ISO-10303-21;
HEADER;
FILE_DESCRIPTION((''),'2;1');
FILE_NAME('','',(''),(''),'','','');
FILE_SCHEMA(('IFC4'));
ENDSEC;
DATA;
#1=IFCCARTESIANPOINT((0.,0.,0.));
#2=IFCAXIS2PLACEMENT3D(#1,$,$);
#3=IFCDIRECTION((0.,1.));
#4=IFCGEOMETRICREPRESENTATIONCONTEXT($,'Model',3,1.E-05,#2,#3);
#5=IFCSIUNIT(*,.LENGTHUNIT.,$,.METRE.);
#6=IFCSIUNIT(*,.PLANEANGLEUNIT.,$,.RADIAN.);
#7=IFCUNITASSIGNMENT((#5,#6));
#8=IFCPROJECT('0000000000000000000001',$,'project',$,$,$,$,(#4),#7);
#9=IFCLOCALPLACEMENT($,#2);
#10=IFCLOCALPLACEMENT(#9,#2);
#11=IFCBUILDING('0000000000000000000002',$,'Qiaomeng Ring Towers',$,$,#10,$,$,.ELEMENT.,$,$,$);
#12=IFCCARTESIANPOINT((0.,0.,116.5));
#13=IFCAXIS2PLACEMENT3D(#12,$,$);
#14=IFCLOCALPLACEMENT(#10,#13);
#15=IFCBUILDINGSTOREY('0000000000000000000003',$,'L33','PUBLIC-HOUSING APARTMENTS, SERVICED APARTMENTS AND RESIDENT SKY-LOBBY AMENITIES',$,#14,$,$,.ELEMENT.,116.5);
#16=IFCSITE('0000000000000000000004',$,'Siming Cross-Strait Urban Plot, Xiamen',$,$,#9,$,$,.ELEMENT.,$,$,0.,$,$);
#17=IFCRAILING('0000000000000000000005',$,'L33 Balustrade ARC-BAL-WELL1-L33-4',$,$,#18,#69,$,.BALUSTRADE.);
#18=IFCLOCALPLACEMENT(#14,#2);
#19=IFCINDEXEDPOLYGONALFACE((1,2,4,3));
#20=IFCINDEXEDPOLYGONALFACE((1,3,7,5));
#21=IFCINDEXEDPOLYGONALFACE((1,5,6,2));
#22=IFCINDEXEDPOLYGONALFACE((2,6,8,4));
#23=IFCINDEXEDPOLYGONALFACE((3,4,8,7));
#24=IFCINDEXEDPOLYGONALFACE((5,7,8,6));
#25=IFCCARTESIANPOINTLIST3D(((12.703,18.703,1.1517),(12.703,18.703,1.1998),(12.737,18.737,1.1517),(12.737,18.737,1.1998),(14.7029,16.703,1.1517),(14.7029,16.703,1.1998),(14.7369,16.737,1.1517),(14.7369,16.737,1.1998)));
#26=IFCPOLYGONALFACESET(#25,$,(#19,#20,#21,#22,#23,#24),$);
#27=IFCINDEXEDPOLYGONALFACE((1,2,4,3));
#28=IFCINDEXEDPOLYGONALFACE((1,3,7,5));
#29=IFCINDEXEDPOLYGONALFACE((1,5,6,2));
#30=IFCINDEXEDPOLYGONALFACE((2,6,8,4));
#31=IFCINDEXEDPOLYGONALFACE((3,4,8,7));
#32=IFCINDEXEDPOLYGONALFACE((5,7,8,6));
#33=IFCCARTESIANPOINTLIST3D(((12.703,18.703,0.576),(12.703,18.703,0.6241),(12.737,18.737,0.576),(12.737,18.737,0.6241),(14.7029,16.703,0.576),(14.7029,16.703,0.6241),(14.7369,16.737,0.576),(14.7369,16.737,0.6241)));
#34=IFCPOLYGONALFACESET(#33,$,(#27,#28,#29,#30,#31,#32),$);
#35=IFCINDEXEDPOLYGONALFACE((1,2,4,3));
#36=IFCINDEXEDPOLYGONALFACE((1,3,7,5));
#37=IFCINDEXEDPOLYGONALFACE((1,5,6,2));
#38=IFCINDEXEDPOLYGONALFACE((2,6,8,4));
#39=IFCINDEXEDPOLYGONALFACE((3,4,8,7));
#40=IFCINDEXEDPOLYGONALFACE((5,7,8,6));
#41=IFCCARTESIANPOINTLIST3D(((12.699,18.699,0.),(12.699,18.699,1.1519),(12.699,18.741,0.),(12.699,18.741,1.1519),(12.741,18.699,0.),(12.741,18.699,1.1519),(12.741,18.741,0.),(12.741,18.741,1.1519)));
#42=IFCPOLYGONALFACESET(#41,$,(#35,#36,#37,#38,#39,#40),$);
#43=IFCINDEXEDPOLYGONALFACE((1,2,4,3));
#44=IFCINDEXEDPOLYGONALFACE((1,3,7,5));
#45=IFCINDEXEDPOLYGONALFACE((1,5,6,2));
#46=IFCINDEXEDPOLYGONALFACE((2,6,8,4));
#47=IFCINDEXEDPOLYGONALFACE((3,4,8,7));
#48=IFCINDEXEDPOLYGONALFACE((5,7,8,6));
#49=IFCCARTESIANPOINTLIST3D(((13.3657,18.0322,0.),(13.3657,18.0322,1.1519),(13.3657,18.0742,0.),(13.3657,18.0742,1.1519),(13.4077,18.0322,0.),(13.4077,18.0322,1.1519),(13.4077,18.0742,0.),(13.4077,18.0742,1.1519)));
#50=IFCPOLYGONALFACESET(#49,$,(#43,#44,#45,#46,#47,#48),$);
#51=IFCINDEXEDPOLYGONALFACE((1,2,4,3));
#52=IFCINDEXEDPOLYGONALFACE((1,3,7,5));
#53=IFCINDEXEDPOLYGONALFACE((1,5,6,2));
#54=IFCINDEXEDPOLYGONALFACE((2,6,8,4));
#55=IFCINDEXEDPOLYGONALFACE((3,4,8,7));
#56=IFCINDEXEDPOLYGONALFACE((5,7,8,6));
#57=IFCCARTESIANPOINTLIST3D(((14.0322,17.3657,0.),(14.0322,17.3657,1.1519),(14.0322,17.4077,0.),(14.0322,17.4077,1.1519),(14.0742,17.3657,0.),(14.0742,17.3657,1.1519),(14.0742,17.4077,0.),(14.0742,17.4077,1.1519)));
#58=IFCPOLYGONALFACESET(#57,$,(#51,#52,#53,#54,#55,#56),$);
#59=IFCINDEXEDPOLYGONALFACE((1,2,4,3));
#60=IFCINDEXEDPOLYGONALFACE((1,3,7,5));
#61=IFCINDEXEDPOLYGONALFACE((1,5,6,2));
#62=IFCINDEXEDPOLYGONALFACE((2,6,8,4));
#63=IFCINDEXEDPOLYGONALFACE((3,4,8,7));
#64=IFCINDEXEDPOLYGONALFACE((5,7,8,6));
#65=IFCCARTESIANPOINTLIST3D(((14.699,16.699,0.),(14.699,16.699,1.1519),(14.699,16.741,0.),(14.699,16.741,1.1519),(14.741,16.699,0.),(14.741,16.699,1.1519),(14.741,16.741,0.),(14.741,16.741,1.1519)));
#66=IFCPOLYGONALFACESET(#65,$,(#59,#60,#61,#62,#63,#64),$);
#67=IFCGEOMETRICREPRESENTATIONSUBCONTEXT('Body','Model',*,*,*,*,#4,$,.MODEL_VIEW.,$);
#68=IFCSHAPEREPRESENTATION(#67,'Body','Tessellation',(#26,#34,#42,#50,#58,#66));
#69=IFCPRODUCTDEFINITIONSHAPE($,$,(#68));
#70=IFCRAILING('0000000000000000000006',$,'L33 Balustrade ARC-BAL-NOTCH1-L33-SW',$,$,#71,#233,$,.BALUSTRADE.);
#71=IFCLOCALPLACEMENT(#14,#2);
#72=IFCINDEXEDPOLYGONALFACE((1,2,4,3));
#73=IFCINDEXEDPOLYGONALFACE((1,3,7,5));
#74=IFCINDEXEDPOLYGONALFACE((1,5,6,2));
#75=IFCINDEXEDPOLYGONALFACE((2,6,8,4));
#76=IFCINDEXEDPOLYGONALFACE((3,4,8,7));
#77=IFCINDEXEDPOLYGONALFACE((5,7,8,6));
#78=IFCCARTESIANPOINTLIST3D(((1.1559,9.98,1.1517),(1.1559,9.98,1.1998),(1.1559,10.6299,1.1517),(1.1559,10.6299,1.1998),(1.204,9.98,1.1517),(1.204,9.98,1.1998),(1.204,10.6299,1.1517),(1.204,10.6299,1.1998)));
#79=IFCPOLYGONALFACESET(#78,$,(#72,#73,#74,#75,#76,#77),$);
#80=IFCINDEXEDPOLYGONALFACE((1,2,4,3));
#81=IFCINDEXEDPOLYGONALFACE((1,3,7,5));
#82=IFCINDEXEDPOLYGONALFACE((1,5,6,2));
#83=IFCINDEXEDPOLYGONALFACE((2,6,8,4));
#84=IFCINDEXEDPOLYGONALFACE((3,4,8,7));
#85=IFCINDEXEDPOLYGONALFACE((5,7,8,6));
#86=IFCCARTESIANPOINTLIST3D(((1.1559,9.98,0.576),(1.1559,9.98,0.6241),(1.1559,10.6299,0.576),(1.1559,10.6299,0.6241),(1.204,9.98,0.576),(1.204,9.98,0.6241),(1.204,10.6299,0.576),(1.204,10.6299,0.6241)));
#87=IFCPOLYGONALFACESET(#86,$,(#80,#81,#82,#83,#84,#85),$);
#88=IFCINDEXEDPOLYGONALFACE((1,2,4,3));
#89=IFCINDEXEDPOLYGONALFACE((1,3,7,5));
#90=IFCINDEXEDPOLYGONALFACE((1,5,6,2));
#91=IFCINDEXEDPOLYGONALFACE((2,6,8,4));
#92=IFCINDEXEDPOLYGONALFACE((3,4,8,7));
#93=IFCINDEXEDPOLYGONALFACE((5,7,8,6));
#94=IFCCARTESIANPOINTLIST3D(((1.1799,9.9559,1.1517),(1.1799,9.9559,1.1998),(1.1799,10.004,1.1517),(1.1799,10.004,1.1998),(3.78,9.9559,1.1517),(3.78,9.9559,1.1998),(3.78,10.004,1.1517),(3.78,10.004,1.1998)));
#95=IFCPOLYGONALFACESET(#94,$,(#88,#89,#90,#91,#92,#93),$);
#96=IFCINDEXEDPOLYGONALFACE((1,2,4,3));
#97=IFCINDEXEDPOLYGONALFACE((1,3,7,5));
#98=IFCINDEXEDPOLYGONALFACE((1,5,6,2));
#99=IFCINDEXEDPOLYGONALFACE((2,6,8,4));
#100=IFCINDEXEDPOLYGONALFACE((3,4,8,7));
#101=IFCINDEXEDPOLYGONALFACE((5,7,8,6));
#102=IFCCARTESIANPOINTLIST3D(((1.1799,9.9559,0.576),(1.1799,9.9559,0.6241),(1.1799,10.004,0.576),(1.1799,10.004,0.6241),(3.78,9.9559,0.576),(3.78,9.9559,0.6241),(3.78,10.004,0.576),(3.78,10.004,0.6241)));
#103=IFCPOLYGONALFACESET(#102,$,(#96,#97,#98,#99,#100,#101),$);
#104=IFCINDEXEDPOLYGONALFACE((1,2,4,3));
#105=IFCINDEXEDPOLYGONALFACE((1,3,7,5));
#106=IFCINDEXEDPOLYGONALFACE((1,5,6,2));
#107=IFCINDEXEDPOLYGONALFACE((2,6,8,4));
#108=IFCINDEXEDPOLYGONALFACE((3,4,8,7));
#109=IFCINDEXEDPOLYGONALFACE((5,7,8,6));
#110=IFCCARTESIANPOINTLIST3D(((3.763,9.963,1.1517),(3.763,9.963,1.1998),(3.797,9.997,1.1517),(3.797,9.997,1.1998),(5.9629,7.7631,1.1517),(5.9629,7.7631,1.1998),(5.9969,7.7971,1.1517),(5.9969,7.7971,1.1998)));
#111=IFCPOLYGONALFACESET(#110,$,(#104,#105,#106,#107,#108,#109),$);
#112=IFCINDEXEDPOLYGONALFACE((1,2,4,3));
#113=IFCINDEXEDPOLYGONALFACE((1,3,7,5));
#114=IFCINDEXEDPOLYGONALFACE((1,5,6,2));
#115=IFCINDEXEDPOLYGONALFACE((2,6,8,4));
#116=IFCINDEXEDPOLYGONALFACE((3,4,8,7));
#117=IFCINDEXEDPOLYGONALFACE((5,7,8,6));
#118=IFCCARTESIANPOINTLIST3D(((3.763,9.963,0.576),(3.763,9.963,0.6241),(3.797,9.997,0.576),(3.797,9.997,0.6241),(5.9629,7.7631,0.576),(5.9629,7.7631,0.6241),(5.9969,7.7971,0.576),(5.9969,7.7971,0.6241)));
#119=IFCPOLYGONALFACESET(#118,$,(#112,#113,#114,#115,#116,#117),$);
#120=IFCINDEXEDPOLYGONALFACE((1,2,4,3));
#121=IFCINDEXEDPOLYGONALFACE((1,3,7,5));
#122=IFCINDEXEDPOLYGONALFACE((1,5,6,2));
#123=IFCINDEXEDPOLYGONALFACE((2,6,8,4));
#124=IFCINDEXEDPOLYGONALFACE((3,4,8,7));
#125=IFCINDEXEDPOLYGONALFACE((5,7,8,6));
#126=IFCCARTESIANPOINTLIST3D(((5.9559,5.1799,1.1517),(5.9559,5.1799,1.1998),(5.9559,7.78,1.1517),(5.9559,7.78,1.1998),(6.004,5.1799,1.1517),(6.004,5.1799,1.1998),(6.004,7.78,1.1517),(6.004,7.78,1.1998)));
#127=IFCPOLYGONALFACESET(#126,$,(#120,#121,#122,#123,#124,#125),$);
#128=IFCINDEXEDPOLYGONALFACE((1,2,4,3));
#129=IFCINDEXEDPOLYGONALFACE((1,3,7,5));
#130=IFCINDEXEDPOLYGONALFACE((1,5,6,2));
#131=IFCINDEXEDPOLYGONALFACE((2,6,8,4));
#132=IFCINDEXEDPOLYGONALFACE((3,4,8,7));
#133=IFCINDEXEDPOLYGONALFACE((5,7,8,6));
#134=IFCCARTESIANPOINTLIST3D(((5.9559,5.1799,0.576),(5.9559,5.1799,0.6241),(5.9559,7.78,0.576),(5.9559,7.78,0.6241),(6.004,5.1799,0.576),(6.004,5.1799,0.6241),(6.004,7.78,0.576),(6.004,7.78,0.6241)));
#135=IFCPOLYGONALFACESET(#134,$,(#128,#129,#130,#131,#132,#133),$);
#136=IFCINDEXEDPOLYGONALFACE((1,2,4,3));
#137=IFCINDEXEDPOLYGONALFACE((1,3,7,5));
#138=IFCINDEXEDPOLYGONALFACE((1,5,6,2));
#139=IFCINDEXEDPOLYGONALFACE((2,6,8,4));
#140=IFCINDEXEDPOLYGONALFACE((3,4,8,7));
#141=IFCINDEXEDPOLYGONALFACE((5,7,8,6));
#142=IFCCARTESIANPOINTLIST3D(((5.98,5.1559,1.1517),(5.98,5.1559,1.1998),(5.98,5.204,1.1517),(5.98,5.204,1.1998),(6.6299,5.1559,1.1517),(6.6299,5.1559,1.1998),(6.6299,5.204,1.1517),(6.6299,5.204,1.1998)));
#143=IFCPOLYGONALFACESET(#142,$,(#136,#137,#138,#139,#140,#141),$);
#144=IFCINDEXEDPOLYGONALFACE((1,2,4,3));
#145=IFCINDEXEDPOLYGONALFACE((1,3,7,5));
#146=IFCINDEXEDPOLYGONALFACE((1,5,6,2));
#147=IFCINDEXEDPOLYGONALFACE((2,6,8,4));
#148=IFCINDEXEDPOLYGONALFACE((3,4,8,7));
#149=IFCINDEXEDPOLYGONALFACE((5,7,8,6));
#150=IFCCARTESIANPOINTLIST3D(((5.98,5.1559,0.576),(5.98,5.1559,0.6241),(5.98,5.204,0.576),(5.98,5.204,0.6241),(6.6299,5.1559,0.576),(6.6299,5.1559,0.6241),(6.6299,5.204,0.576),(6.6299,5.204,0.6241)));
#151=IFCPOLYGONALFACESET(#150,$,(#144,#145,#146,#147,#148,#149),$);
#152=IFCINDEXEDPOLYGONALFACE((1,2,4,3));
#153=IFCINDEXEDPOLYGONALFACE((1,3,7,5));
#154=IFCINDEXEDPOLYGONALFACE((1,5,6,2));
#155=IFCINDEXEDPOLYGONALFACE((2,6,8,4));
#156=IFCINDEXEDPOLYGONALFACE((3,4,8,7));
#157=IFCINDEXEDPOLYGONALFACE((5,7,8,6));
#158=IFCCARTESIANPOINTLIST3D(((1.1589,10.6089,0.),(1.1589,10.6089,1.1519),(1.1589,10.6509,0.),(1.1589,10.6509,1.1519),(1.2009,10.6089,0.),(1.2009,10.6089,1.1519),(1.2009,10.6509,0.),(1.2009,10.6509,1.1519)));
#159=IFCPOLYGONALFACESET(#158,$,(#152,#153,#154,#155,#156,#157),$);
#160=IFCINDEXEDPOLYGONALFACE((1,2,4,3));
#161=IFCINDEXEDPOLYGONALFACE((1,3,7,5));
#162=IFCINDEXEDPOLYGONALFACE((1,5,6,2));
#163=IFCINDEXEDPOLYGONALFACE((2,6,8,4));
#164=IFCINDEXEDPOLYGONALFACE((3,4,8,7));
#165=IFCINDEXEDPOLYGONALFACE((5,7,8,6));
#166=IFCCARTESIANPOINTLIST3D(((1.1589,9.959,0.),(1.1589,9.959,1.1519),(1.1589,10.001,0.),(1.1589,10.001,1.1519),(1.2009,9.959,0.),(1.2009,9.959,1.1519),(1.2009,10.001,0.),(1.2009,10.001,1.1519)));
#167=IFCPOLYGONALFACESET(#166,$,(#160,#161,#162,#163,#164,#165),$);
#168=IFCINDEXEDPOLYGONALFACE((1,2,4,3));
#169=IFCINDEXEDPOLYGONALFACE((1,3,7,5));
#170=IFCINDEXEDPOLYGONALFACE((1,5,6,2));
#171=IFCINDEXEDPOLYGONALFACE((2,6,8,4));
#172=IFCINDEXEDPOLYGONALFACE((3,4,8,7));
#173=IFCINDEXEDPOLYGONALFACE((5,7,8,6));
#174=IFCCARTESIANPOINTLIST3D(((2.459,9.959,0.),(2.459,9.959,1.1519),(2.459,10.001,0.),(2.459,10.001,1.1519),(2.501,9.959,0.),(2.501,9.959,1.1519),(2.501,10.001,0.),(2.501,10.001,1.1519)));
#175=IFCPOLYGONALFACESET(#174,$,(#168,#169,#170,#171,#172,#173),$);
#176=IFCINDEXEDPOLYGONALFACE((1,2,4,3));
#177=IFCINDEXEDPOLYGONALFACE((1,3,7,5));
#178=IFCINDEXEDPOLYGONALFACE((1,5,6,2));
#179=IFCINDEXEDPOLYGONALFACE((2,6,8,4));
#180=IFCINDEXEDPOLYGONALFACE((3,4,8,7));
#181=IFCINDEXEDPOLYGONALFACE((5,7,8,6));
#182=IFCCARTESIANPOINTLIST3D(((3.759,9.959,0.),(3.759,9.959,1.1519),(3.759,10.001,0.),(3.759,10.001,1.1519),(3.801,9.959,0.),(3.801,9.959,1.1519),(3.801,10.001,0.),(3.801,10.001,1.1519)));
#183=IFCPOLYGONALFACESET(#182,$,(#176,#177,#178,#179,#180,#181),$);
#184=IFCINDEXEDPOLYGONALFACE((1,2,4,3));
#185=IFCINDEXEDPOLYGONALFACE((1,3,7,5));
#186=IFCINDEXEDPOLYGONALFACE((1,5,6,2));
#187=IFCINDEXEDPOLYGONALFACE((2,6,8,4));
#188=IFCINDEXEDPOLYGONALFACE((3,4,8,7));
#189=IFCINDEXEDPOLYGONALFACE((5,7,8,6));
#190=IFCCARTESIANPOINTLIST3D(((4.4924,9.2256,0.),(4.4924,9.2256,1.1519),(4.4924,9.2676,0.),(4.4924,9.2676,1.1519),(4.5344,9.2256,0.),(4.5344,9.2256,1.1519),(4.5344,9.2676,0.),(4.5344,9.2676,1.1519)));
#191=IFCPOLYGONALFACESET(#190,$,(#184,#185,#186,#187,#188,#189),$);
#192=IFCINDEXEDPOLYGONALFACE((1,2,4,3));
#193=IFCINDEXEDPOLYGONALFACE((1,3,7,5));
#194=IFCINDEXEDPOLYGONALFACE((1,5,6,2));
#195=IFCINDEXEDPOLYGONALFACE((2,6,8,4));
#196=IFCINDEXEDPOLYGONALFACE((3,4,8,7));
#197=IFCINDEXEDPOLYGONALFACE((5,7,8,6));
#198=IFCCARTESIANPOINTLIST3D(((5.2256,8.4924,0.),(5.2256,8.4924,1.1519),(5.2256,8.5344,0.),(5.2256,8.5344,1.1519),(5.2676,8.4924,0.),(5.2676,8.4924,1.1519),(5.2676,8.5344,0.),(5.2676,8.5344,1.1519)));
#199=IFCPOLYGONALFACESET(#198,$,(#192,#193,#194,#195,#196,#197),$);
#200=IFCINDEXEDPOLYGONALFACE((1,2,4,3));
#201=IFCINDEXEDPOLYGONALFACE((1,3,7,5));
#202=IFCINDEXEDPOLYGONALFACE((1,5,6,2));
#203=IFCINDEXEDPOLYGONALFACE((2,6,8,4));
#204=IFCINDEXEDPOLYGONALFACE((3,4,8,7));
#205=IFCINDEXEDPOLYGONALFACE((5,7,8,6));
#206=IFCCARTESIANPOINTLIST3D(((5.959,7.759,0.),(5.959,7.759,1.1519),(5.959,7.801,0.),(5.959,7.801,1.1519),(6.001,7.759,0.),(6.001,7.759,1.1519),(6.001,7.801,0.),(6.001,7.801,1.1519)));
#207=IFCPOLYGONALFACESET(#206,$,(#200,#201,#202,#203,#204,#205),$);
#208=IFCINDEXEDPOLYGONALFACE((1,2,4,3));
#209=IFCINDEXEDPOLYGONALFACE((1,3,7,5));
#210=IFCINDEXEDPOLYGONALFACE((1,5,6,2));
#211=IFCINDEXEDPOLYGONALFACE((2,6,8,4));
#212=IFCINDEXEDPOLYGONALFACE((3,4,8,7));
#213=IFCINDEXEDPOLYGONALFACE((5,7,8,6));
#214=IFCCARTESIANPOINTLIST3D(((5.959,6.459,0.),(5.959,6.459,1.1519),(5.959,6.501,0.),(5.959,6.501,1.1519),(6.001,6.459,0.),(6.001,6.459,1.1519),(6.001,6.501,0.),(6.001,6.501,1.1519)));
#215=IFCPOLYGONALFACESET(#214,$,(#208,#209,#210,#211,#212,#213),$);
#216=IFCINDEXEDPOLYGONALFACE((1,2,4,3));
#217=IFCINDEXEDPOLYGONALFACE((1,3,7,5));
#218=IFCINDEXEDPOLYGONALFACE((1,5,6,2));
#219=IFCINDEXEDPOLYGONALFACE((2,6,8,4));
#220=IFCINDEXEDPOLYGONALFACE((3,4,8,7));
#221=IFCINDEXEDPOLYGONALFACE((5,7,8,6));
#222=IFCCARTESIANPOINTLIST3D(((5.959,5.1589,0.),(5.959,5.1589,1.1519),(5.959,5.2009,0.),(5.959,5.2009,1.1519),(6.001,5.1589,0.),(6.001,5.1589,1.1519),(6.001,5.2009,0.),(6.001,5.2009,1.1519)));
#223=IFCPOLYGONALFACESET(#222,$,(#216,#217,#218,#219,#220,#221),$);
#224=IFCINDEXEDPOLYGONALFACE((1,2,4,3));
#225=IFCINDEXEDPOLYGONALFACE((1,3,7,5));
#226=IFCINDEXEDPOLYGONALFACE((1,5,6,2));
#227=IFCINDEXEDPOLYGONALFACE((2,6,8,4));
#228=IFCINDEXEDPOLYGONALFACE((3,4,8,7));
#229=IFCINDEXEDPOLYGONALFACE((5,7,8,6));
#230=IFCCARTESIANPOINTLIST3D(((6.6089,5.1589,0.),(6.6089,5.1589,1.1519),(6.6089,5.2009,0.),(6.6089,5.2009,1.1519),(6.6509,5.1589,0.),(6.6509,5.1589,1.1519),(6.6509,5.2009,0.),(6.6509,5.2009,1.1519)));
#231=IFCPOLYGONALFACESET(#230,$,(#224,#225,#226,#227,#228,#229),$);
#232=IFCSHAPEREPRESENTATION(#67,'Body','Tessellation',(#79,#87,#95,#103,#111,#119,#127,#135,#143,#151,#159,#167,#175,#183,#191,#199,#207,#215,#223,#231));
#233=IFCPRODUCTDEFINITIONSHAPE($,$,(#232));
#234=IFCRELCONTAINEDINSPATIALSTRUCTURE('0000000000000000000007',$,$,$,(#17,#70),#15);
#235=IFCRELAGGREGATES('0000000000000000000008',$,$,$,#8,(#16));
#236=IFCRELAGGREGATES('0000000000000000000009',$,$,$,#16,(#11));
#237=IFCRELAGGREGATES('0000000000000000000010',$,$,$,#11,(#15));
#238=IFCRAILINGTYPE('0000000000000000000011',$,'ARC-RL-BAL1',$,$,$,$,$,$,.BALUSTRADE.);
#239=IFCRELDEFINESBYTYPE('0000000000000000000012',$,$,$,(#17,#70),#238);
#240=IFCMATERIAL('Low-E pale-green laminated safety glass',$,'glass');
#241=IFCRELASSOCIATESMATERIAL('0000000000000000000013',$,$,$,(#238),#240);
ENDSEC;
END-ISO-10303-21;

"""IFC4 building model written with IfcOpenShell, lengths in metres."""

from ifc_helpers import new_model, si_unit, direction, frame, origin, origin_2d, place, context, subcontext, project, spatial, rectangle, extrude, material, type_object, element, save


model = new_model("IFC4")

# Units and contexts
model_context = context("Model", 3, precision=1e-05, world=origin(), true_north=direction((0.0, 1.0)))
body_context = subcontext(model_context, "Body", "Model", "MODEL_VIEW")
ifc_project = project(units=[si_unit("LENGTHUNIT", "METRE"), si_unit("PLANEANGLEUNIT", "RADIAN")], contexts=[model_context])

# Site, building, storey
site_placement = place(None, origin())
site = spatial("IfcSite", under=ifc_project, at=site_placement, Name="Siming Cross-Strait Urban Plot, Xiamen", CompositionType="ELEMENT", RefElevation=0.0)
building_placement = place(site_placement, origin())
building = spatial("IfcBuilding", under=site, at=building_placement, Name="Qiaomeng Ring Towers", CompositionType="ELEMENT")
storey_placement = place(building_placement, frame((0.0, 0.0, 116.5)))
storey = spatial("IfcBuildingStorey", under=building, at=storey_placement, Name="L33", Description="PUBLIC-HOUSING APARTMENTS, SERVICED APARTMENTS AND RESIDENT SKY-LOBBY AMENITIES", CompositionType="ELEMENT", Elevation=116.5)

# Railings
ifc_material_1 = material(Name="Low-E pale-green laminated safety glass", Category="glass")
railing_type_1 = type_object("IfcRailingType", Name="ARC-RL-BAL1", PredefinedType="BALUSTRADE", material=ifc_material_1)
railing_1_placement = place(storey_placement, frame((12.72, 18.72, 0.0)))
element("IfcRailing", 1, at=railing_1_placement, inside=storey, type_object=railing_type_1, Name="L33 Balustrade ARC-BAL-WELL1-L33-4", PredefinedType="BALUSTRADE", context=body_context, shape_type="SweptSolid", body=[
    extrude(rectangle(XDim=0.0481, YDim=0.0481, at=origin_2d()), frame((0.0, 0.0, 1.1758), z_axis=(0.707107, -0.707107, 0.0), x_axis=(0.707107, 0.707107, 0.0)), (0.0, 0.0, 1.0), 2.8284),
    extrude(rectangle(XDim=0.0481, YDim=0.0481, at=origin_2d()), frame((0.0, 0.0, 0.6001), z_axis=(0.707107, -0.707107, 0.0), x_axis=(0.707107, 0.707107, 0.0)), (0.0, 0.0, 1.0), 2.8284),
    extrude(rectangle(XDim=0.042, YDim=0.042, at=origin_2d()), origin(), (0.0, 0.0, 1.0), 1.1519),
    extrude(rectangle(XDim=0.042, YDim=0.042, at=origin_2d()), frame((0.6667, -0.6667, 0.0)), (0.0, 0.0, 1.0), 1.1519),
    extrude(rectangle(XDim=0.042, YDim=0.042, at=origin_2d()), frame((1.3333, -1.3333, 0.0)), (0.0, 0.0, 1.0), 1.1519),
    extrude(rectangle(XDim=0.042, YDim=0.042, at=origin_2d()), frame((2.0, -2.0, 0.0)), (0.0, 0.0, 1.0), 1.1519),
])
railing_2_placement = place(storey_placement, frame((1.1799, 10.6299, 0.0)))
element("IfcRailing", 2, at=railing_2_placement, inside=storey, type_object=railing_type_1, Name="L33 Balustrade ARC-BAL-NOTCH1-L33-SW", PredefinedType="BALUSTRADE", context=body_context, shape_type="SweptSolid", body=[
    extrude(rectangle(XDim=0.0481, YDim=0.0481, at=origin_2d()), frame((0.0, 0.0, 1.1758), z_axis=(0.0, -1.0, 0.0), x_axis=(1.0, 0.0, 0.0)), (0.0, 0.0, 1.0), 0.6499),
    extrude(rectangle(XDim=0.0481, YDim=0.0481, at=origin_2d()), frame((0.0, 0.0, 0.6001), z_axis=(0.0, -1.0, 0.0), x_axis=(1.0, 0.0, 0.0)), (0.0, 0.0, 1.0), 0.6499),
    extrude(rectangle(XDim=0.0481, YDim=0.0481, at=origin_2d()), frame((0.0, -0.6499, 1.1758), z_axis=(1.0, 0.0, 0.0), x_axis=(0.0, 1.0, 0.0)), (0.0, 0.0, 1.0), 2.6001),
    extrude(rectangle(XDim=0.0481, YDim=0.0481, at=origin_2d()), frame((0.0, -0.6499, 0.6001), z_axis=(1.0, 0.0, 0.0), x_axis=(0.0, 1.0, 0.0)), (0.0, 0.0, 1.0), 2.6001),
    extrude(rectangle(XDim=0.0481, YDim=0.0481, at=origin_2d()), frame((2.6001, -0.6499, 1.1758), z_axis=(0.707107, -0.707107, 0.0), x_axis=(0.707107, 0.707107, 0.0)), (0.0, 0.0, 1.0), 3.1111),
    extrude(rectangle(XDim=0.0481, YDim=0.0481, at=origin_2d()), frame((2.6001, -0.6499, 0.6001), z_axis=(0.707107, -0.707107, 0.0), x_axis=(0.707107, 0.707107, 0.0)), (0.0, 0.0, 1.0), 3.1111),
    extrude(rectangle(XDim=0.0481, YDim=0.0481, at=origin_2d()), frame((4.8, -2.8499, 1.1758), z_axis=(0.0, -1.0, 0.0), x_axis=(1.0, 0.0, 0.0)), (0.0, 0.0, 1.0), 2.6001),
    extrude(rectangle(XDim=0.0481, YDim=0.0481, at=origin_2d()), frame((4.8, -2.8499, 0.6001), z_axis=(0.0, -1.0, 0.0), x_axis=(1.0, 0.0, 0.0)), (0.0, 0.0, 1.0), 2.6001),
    extrude(rectangle(XDim=0.0481, YDim=0.0481, at=origin_2d()), frame((4.8, -5.45, 1.1758), z_axis=(1.0, 0.0, 0.0), x_axis=(0.0, 1.0, 0.0)), (0.0, 0.0, 1.0), 0.6499),
    extrude(rectangle(XDim=0.0481, YDim=0.0481, at=origin_2d()), frame((4.8, -5.45, 0.6001), z_axis=(1.0, 0.0, 0.0), x_axis=(0.0, 1.0, 0.0)), (0.0, 0.0, 1.0), 0.6499),
    extrude(rectangle(XDim=0.042, YDim=0.042, at=origin_2d()), origin(), (0.0, 0.0, 1.0), 1.1519),
    extrude(rectangle(XDim=0.042, YDim=0.042, at=origin_2d()), frame((0.0, -0.6499, 0.0)), (0.0, 0.0, 1.0), 1.1519),
    extrude(rectangle(XDim=0.042, YDim=0.042, at=origin_2d()), frame((1.3, -0.6499, 0.0)), (0.0, 0.0, 1.0), 1.1519),
    extrude(rectangle(XDim=0.042, YDim=0.042, at=origin_2d()), frame((2.6001, -0.6499, 0.0)), (0.0, 0.0, 1.0), 1.1519),
    extrude(rectangle(XDim=0.042, YDim=0.042, at=origin_2d()), frame((3.3335, -1.3833, 0.0)), (0.0, 0.0, 1.0), 1.1519),
    extrude(rectangle(XDim=0.042, YDim=0.042, at=origin_2d()), frame((4.0667, -2.1165, 0.0)), (0.0, 0.0, 1.0), 1.1519),
    extrude(rectangle(XDim=0.042, YDim=0.042, at=origin_2d()), frame((4.8, -2.8499, 0.0)), (0.0, 0.0, 1.0), 1.1519),
    extrude(rectangle(XDim=0.042, YDim=0.042, at=origin_2d()), frame((4.8, -4.1499, 0.0)), (0.0, 0.0, 1.0), 1.1519),
    extrude(rectangle(XDim=0.042, YDim=0.042, at=origin_2d()), frame((4.8, -5.45, 0.0)), (0.0, 0.0, 1.0), 1.1519),
    extrude(rectangle(XDim=0.042, YDim=0.042, at=origin_2d()), frame((5.45, -5.45, 0.0)), (0.0, 0.0, 1.0), 1.1519),
])

save(model, "model.ifc")
